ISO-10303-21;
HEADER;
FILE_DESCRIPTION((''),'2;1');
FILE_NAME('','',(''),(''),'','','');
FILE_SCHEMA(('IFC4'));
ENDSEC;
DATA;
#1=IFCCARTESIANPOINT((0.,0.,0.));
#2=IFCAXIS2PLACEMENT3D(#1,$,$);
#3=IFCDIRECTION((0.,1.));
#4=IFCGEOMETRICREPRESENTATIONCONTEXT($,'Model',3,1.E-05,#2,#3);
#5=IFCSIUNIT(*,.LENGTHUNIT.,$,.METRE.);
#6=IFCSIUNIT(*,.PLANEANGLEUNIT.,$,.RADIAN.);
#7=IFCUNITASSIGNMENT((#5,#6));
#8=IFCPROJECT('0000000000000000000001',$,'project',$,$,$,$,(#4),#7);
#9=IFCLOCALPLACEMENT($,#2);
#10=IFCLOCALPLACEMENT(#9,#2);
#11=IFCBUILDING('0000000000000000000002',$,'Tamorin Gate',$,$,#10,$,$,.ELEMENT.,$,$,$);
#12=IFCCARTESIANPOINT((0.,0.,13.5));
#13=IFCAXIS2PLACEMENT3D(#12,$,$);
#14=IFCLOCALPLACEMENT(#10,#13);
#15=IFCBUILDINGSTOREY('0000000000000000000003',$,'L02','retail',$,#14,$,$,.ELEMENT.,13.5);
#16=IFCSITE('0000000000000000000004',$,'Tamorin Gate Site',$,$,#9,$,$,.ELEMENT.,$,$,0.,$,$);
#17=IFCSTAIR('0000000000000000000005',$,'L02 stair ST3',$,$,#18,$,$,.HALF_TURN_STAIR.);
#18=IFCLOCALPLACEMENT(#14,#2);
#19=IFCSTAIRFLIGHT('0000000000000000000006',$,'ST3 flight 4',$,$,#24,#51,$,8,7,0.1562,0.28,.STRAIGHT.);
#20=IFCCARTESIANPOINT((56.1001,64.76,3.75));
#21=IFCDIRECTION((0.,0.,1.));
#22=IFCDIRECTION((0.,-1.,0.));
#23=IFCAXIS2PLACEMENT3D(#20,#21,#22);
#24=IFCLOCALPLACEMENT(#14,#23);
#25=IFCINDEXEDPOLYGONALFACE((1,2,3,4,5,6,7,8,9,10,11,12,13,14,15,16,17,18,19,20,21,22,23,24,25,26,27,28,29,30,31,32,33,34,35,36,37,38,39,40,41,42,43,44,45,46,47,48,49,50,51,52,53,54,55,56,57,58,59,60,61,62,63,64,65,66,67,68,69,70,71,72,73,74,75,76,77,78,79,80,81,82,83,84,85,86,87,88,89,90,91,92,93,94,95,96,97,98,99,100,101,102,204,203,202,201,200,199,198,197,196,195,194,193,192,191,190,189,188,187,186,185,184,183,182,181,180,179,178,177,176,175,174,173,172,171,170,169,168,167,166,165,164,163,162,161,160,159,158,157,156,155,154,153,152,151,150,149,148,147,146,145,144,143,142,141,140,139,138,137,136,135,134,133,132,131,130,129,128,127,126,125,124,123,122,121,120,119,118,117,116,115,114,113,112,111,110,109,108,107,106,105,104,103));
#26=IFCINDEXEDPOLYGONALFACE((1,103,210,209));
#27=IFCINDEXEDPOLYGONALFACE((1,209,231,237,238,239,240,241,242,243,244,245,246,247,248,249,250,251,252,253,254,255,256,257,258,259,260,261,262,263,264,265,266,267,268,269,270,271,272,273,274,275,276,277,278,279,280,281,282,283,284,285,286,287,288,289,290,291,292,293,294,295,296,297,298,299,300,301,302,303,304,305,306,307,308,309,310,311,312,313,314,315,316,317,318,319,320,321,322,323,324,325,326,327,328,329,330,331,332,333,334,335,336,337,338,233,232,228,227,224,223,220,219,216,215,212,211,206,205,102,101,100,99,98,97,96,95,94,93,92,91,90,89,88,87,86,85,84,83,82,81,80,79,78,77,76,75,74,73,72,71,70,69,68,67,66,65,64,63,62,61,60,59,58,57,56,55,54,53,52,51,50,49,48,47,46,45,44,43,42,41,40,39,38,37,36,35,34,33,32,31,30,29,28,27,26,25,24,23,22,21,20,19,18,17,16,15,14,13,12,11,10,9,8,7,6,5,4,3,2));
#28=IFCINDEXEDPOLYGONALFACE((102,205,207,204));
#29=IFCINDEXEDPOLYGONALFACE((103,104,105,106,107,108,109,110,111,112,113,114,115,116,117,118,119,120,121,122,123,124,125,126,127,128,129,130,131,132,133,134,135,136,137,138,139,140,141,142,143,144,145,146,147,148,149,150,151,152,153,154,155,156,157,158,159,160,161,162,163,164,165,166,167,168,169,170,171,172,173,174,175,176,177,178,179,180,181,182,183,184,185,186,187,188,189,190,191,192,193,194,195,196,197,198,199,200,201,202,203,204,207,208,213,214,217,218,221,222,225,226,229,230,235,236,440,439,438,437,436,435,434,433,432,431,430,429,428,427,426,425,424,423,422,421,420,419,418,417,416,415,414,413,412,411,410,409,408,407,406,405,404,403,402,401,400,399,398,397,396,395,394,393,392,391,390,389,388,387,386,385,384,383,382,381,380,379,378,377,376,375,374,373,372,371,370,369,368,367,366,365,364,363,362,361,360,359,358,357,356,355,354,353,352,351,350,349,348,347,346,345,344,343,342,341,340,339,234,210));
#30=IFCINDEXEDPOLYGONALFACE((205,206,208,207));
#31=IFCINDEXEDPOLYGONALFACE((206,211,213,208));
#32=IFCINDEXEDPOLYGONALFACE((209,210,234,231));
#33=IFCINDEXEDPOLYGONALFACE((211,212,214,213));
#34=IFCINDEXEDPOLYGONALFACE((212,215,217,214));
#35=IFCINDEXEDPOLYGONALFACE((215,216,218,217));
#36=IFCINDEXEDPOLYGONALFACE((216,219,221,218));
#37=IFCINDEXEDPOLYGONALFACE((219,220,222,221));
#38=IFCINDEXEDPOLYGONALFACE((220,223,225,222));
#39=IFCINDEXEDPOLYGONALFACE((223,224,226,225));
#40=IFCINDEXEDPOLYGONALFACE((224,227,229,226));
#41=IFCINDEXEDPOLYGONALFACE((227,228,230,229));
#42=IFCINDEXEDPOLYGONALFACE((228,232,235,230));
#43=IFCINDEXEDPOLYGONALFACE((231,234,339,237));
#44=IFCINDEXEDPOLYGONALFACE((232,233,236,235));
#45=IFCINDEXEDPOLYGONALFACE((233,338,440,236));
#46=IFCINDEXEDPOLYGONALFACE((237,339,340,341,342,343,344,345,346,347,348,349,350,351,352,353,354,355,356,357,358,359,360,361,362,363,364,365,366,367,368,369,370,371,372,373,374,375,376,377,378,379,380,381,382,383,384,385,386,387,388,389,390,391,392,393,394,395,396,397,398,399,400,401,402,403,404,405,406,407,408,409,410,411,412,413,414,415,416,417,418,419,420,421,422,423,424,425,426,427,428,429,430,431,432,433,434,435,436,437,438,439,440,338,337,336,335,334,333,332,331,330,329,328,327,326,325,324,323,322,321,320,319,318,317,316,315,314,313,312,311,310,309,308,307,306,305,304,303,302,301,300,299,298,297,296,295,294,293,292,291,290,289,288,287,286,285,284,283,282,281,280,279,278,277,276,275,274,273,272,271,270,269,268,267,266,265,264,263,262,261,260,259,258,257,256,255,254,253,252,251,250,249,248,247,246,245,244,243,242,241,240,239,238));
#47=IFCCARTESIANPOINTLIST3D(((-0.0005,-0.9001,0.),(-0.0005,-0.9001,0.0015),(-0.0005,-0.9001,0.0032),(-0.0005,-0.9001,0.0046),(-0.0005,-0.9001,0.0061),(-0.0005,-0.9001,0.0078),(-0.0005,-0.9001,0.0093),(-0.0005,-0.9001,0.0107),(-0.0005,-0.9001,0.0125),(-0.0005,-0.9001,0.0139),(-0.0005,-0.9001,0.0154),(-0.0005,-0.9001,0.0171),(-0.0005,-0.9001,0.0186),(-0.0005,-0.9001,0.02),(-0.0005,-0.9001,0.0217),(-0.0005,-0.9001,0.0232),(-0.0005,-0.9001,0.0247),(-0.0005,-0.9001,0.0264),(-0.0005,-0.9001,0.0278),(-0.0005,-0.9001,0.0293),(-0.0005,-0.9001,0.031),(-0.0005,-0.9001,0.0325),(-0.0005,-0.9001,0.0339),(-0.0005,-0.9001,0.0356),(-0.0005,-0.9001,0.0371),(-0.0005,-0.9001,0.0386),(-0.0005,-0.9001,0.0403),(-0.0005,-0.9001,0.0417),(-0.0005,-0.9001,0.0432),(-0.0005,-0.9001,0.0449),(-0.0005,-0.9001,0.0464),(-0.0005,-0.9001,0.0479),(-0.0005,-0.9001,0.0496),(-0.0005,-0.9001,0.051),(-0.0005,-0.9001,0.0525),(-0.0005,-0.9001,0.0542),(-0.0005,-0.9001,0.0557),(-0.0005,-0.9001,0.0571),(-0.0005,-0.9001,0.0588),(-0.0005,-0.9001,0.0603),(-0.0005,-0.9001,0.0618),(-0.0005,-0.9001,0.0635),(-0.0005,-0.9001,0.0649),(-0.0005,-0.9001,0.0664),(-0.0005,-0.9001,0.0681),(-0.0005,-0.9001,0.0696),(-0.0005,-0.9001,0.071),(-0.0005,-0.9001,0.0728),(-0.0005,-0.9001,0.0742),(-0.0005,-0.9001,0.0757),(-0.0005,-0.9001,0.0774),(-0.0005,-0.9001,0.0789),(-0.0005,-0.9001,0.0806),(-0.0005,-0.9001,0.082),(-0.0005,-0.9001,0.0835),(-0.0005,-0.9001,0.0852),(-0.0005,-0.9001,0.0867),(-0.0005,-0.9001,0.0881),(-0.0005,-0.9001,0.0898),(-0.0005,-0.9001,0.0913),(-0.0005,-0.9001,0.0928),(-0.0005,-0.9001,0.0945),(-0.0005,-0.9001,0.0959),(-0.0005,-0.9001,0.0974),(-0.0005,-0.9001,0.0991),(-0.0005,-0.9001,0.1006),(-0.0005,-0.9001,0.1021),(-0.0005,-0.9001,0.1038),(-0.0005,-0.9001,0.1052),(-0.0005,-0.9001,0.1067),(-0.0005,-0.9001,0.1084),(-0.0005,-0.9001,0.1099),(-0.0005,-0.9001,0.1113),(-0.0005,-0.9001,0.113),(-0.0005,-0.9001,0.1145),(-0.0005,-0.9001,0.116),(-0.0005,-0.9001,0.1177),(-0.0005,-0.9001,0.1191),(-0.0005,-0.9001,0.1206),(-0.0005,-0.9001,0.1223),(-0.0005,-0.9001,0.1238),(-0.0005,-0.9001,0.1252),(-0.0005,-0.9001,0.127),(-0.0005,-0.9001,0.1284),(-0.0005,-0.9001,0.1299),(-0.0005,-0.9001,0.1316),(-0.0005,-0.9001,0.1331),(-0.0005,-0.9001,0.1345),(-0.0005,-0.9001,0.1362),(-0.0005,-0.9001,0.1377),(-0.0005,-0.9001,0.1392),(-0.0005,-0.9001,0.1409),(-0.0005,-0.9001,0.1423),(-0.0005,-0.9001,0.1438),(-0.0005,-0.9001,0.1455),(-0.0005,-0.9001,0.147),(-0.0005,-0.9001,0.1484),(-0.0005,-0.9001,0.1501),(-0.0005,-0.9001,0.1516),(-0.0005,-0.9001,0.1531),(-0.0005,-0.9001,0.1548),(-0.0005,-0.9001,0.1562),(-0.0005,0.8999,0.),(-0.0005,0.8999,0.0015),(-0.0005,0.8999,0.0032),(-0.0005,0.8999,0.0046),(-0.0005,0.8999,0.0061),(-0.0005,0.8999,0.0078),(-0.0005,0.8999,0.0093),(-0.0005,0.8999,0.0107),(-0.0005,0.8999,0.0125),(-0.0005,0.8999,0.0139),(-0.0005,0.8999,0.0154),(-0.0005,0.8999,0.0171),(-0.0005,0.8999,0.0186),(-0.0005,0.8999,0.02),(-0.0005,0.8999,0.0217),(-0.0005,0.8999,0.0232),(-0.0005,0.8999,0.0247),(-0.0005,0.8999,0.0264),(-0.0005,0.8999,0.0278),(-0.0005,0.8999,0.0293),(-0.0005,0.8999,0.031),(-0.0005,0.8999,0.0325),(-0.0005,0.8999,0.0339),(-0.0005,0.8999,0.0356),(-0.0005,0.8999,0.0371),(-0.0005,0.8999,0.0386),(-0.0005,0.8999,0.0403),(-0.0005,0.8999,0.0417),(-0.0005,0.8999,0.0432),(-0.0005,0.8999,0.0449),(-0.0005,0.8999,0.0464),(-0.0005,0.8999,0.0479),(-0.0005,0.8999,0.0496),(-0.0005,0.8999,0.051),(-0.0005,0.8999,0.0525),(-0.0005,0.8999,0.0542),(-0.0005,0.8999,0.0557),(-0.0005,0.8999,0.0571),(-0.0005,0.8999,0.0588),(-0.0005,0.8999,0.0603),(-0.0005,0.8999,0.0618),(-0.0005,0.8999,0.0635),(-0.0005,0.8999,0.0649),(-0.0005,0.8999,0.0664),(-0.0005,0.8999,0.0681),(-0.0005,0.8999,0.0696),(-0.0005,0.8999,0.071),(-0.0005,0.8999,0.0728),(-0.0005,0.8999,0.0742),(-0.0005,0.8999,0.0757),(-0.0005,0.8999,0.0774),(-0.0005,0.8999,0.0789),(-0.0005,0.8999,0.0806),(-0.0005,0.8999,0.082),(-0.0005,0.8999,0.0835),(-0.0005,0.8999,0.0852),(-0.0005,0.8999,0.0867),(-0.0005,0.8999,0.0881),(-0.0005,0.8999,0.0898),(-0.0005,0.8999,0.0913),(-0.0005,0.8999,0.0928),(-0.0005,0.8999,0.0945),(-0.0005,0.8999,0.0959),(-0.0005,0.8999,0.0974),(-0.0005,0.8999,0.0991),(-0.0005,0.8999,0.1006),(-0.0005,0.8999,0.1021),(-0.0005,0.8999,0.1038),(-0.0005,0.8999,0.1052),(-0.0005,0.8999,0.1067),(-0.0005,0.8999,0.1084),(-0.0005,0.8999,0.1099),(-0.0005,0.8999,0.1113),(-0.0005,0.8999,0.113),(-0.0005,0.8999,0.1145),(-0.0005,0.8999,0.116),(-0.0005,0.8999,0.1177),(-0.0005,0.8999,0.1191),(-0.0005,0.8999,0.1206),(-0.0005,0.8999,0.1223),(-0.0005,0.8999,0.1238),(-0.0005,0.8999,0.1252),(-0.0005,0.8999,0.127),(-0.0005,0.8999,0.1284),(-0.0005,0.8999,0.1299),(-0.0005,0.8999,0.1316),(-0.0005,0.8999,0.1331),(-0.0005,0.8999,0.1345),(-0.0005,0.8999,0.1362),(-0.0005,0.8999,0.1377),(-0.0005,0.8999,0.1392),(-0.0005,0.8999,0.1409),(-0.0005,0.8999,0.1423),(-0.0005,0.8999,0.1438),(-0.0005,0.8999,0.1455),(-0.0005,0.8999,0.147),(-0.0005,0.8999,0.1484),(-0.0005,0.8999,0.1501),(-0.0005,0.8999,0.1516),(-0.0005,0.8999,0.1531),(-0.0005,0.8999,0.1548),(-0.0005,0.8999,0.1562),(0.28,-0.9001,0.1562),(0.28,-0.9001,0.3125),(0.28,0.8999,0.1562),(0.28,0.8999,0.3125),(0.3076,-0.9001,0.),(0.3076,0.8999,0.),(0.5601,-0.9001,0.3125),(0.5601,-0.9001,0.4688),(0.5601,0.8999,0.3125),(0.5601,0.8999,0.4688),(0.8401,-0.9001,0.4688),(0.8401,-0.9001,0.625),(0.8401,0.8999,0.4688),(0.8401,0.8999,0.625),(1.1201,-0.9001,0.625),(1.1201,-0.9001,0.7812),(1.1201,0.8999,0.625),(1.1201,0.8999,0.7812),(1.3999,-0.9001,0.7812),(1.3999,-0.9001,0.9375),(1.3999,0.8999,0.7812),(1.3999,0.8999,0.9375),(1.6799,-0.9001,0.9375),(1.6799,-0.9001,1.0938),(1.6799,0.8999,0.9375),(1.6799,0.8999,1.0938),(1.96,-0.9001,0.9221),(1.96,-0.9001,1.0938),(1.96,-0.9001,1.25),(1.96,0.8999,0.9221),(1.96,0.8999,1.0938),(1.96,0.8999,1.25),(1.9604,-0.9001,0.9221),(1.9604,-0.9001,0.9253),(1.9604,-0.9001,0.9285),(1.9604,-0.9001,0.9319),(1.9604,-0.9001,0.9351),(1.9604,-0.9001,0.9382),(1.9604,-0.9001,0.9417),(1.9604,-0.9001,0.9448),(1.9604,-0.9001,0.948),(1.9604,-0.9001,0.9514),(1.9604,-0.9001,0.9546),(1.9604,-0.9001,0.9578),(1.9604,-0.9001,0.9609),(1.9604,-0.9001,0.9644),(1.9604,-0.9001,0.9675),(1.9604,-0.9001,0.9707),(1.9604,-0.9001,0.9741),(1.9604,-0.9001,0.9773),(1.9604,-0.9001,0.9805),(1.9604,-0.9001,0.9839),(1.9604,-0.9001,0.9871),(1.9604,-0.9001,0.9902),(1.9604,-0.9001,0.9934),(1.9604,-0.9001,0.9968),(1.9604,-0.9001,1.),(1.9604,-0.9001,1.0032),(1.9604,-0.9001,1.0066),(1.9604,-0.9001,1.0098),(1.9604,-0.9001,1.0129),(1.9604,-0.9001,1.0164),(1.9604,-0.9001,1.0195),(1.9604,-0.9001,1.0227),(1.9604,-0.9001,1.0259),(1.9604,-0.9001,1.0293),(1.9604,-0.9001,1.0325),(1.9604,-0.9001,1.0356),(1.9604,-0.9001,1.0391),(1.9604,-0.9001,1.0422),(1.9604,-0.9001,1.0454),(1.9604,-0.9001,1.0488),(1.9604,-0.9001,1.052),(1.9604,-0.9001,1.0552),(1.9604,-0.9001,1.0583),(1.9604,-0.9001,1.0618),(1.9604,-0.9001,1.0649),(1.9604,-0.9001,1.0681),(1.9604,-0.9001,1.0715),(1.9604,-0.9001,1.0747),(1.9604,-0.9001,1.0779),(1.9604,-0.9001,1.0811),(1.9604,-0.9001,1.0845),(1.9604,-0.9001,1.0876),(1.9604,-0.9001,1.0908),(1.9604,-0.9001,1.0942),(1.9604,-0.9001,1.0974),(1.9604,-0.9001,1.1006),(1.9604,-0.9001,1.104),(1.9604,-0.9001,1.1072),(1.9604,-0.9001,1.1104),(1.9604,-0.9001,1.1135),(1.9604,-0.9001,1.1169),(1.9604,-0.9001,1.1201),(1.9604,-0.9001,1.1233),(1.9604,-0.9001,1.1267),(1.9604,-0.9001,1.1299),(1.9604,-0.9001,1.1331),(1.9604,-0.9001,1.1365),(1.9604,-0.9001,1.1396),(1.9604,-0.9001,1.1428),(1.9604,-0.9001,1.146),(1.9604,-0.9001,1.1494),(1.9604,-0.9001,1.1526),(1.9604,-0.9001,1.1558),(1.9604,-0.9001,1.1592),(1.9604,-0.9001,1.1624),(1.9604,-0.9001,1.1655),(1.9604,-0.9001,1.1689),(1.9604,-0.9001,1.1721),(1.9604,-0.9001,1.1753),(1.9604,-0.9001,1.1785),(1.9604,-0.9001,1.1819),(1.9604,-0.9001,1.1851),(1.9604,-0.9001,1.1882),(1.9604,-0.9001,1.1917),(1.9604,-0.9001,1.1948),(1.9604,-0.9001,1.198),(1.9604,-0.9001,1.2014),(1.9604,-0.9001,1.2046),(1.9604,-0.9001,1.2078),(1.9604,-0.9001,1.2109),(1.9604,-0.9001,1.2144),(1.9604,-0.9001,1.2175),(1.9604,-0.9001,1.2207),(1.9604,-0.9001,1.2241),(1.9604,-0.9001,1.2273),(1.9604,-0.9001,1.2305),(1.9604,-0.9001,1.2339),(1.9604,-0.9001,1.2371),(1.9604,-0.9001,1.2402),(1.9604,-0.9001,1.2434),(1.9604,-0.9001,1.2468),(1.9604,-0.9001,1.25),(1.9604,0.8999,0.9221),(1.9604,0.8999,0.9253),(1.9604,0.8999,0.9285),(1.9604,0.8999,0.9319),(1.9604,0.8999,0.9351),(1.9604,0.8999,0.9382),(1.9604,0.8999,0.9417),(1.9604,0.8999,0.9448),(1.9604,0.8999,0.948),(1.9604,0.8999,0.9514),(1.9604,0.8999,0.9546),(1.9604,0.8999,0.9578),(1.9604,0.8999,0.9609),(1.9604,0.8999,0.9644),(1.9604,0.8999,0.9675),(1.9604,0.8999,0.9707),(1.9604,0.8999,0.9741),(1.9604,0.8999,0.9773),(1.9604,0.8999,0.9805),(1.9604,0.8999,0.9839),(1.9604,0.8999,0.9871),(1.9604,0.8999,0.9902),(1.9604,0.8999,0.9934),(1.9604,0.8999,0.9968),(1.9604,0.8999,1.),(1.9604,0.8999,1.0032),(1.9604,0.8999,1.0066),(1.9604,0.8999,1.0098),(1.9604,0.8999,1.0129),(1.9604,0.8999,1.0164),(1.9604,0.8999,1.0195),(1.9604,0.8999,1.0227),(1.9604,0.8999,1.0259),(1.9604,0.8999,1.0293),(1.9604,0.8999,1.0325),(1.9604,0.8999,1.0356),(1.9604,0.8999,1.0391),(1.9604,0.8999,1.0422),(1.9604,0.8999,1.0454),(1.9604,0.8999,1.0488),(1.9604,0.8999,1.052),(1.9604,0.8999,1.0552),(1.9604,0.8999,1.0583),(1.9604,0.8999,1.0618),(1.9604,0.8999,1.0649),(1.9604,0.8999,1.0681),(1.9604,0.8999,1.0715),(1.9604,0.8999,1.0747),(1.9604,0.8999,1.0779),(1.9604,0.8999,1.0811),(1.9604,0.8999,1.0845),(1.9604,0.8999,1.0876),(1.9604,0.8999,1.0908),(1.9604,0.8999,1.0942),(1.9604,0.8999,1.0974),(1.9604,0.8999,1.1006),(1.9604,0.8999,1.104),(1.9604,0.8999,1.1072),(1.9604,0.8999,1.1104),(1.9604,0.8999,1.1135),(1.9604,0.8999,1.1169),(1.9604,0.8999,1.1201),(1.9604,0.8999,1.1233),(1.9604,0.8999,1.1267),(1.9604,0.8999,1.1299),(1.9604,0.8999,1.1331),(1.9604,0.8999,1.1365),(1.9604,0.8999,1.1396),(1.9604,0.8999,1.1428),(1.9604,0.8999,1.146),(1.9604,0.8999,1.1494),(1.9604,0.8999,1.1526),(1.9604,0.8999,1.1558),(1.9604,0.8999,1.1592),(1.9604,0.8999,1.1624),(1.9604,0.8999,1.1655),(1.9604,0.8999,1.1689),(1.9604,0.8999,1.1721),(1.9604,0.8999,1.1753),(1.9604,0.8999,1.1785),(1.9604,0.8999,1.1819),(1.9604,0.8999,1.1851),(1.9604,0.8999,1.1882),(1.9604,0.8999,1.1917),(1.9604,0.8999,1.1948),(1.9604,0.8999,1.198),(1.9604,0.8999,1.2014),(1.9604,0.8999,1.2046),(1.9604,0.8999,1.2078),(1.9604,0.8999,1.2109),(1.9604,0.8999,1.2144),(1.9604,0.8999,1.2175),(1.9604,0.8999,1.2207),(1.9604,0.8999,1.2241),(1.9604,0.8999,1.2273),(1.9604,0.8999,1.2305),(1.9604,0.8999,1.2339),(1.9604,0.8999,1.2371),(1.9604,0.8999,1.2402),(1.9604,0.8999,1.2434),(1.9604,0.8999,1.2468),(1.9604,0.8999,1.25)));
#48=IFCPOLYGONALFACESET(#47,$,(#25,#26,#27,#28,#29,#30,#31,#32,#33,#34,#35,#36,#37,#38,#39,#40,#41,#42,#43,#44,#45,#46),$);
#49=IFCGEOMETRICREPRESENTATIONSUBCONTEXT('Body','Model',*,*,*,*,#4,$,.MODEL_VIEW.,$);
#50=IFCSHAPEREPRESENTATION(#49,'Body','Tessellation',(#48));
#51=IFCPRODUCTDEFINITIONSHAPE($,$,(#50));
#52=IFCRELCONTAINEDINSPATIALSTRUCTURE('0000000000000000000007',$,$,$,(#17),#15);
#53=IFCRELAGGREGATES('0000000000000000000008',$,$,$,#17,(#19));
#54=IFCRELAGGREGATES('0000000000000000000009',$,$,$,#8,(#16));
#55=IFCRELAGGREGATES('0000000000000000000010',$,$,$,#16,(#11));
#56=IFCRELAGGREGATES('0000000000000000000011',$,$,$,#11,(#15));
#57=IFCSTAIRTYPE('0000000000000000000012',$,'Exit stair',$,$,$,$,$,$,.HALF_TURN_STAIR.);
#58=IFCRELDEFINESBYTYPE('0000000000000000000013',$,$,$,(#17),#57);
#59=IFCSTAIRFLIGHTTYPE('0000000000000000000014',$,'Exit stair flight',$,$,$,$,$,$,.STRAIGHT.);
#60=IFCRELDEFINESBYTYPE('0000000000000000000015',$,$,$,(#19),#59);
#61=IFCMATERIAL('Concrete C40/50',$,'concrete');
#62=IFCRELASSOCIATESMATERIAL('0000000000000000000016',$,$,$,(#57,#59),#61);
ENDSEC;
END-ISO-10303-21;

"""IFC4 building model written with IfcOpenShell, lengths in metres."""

from ifc_helpers import new_model, si_unit, direction, frame, origin, place, context, subcontext, project, spatial, polyline, outline, extrude, material, type_object, element, aggregate, save


model = new_model("IFC4")

# Units and contexts
model_context = context("Model", 3, precision=1e-05, world=origin(), true_north=direction((0.0, 1.0)))
body_context = subcontext(model_context, "Body", "Model", "MODEL_VIEW")
ifc_project = project(units=[si_unit("LENGTHUNIT", "METRE"), si_unit("PLANEANGLEUNIT", "RADIAN")], contexts=[model_context])

# Site, building, storey
site_placement = place(None, origin())
site = spatial("IfcSite", under=ifc_project, at=site_placement, Name="Tamorin Gate Site", CompositionType="ELEMENT", RefElevation=0.0)
building_placement = place(site_placement, origin())
building = spatial("IfcBuilding", under=site, at=building_placement, Name="Tamorin Gate", CompositionType="ELEMENT")
storey_placement = place(building_placement, frame((0.0, 0.0, 13.5)))
storey = spatial("IfcBuildingStorey", under=building, at=storey_placement, Name="L02", Description="retail", CompositionType="ELEMENT", Elevation=13.5)

# Stair, stair flight
ifc_material_1 = material(Name="Concrete C40/50", Category="concrete")
stair_type = type_object("IfcStairType", Name="Exit stair", PredefinedType="HALF_TURN_STAIR", material=ifc_material_1)
stair_placement = place(storey_placement, origin())
stair = element("IfcStair", 1, at=stair_placement, inside=storey, type_object=stair_type, Name="L02 stair ST3", PredefinedType="HALF_TURN_STAIR")
stair_flight_type = type_object("IfcStairFlightType", Name="Exit stair flight", PredefinedType="STRAIGHT", material=ifc_material_1)
stair_flight_1_placement = place(storey_placement, frame((56.1001, 64.76, 3.75), z_axis=(0.0, 0.0, 1.0), x_axis=(0.0, -1.0, 0.0)))
stair_flight_1 = element("IfcStairFlight", 2, at=stair_flight_1_placement, type_object=stair_flight_type, Name="ST3 flight 4", NumberOfRisers=8, NumberOfTreads=7, PredefinedType="STRAIGHT", RiserHeight=0.1562, TreadLength=0.28, context=body_context, shape_type="SweptSolid", body=[
    extrude(outline(polyline([(-0.0005, 0.0), (-0.0005, 0.0015), (-0.0005, 0.0032), (-0.0005, 0.0046), (-0.0005, 0.0061), (-0.0005, 0.0078), (-0.0005, 0.0093), (-0.0005, 0.0107), (-0.0005, 0.0125), (-0.0005, 0.0139), (-0.0005, 0.0154), (-0.0005, 0.0171), (-0.0005, 0.0186), (-0.0005, 0.02), (-0.0005, 0.0217), (-0.0005, 0.0232), (-0.0005, 0.0247), (-0.0005, 0.0264), (-0.0005, 0.0278), (-0.0005, 0.0293), (-0.0005, 0.031), (-0.0005, 0.0325), (-0.0005, 0.0339), (-0.0005, 0.0356), (-0.0005, 0.0371), (-0.0005, 0.0386), (-0.0005, 0.0403), (-0.0005, 0.0417), (-0.0005, 0.0432), (-0.0005, 0.0449), (-0.0005, 0.0464), (-0.0005, 0.0479), (-0.0005, 0.0496), (-0.0005, 0.051), (-0.0005, 0.0525), (-0.0005, 0.0542), (-0.0005, 0.0557), (-0.0005, 0.0571), (-0.0005, 0.0588), (-0.0005, 0.0603), (-0.0005, 0.0618), (-0.0005, 0.0635), (-0.0005, 0.0649), (-0.0005, 0.0664), (-0.0005, 0.0681), (-0.0005, 0.0696), (-0.0005, 0.071), (-0.0005, 0.0728), (-0.0005, 0.0742), (-0.0005, 0.0757), (-0.0005, 0.0774), (-0.0005, 0.0789), (-0.0005, 0.0806), (-0.0005, 0.082), (-0.0005, 0.0835), (-0.0005, 0.0852), (-0.0005, 0.0867), (-0.0005, 0.0881), (-0.0005, 0.0898), (-0.0005, 0.0913), (-0.0005, 0.0928), (-0.0005, 0.0945), (-0.0005, 0.0959), (-0.0005, 0.0974), (-0.0005, 0.0991), (-0.0005, 0.1006), (-0.0005, 0.1021), (-0.0005, 0.1038), (-0.0005, 0.1052), (-0.0005, 0.1067), (-0.0005, 0.1084), (-0.0005, 0.1099), (-0.0005, 0.1113), (-0.0005, 0.113), (-0.0005, 0.1145), (-0.0005, 0.116), (-0.0005, 0.1177), (-0.0005, 0.1191), (-0.0005, 0.1206), (-0.0005, 0.1223), (-0.0005, 0.1238), (-0.0005, 0.1252), (-0.0005, 0.127), (-0.0005, 0.1284), (-0.0005, 0.1299), (-0.0005, 0.1316), (-0.0005, 0.1331), (-0.0005, 0.1345), (-0.0005, 0.1362), (-0.0005, 0.1377), (-0.0005, 0.1392), (-0.0005, 0.1409), (-0.0005, 0.1423), (-0.0005, 0.1438), (-0.0005, 0.1455), (-0.0005, 0.147), (-0.0005, 0.1484), (-0.0005, 0.1501), (-0.0005, 0.1516), (-0.0005, 0.1531), (-0.0005, 0.1548), (-0.0005, 0.1562), (0.28, 0.1562), (0.28, 0.3125), (0.5601, 0.3125), (0.5601, 0.4688), (0.8401, 0.4688), (0.8401, 0.625), (1.1201, 0.625), (1.1201, 0.7812), (1.3999, 0.7812), (1.3999, 0.9375), (1.6799, 0.9375), (1.6799, 1.0938), (1.96, 1.0938), (1.96, 1.25), (1.9604, 1.25), (1.9604, 1.2468), (1.9604, 1.2434), (1.9604, 1.2402), (1.9604, 1.2371), (1.9604, 1.2339), (1.9604, 1.2305), (1.9604, 1.2273), (1.9604, 1.2241), (1.9604, 1.2207), (1.9604, 1.2175), (1.9604, 1.2144), (1.9604, 1.2109), (1.9604, 1.2078), (1.9604, 1.2046), (1.9604, 1.2014), (1.9604, 1.198), (1.9604, 1.1948), (1.9604, 1.1917), (1.9604, 1.1882), (1.9604, 1.1851), (1.9604, 1.1819), (1.9604, 1.1785), (1.9604, 1.1753), (1.9604, 1.1721), (1.9604, 1.1689), (1.9604, 1.1655), (1.9604, 1.1624), (1.9604, 1.1592), (1.9604, 1.1558), (1.9604, 1.1526), (1.9604, 1.1494), (1.9604, 1.146), (1.9604, 1.1428), (1.9604, 1.1396), (1.9604, 1.1365), (1.9604, 1.1331), (1.9604, 1.1299), (1.9604, 1.1267), (1.9604, 1.1233), (1.9604, 1.1201), (1.9604, 1.1169), (1.9604, 1.1135), (1.9604, 1.1104), (1.9604, 1.1072), (1.9604, 1.104), (1.9604, 1.1006), (1.9604, 1.0974), (1.9604, 1.0942), (1.9604, 1.0908), (1.9604, 1.0876), (1.9604, 1.0845), (1.9604, 1.0811), (1.9604, 1.0779), (1.9604, 1.0747), (1.9604, 1.0715), (1.9604, 1.0681), (1.9604, 1.0649), (1.9604, 1.0618), (1.9604, 1.0583), (1.9604, 1.0552), (1.9604, 1.052), (1.9604, 1.0488), (1.9604, 1.0454), (1.9604, 1.0422), (1.9604, 1.0391), (1.9604, 1.0356), (1.9604, 1.0325), (1.9604, 1.0293), (1.9604, 1.0259), (1.9604, 1.0227), (1.9604, 1.0195), (1.9604, 1.0164), (1.9604, 1.0129), (1.9604, 1.0098), (1.9604, 1.0066), (1.9604, 1.0032), (1.9604, 1.0), (1.9604, 0.9968), (1.9604, 0.9934), (1.9604, 0.9902), (1.9604, 0.9871), (1.9604, 0.9839), (1.9604, 0.9805), (1.9604, 0.9773), (1.9604, 0.9741), (1.9604, 0.9707), (1.9604, 0.9675), (1.9604, 0.9644), (1.9604, 0.9609), (1.9604, 0.9578), (1.9604, 0.9546), (1.9604, 0.9514), (1.9604, 0.948), (1.9604, 0.9448), (1.9604, 0.9417), (1.9604, 0.9382), (1.9604, 0.9351), (1.9604, 0.9319), (1.9604, 0.9285), (1.9604, 0.9253), (1.9604, 0.9221), (1.96, 0.9221), (0.3076, 0.0), (-0.0005, 0.0)])), frame((0.0, 0.8999, 0.0), z_axis=(0.0, -1.0, 0.0), x_axis=(1.0, 0.0, 0.0)), (0.0, 0.0, 1.0), 1.8),
])
aggregate(stair, [stair_flight_1])

save(model, "model.ifc")
